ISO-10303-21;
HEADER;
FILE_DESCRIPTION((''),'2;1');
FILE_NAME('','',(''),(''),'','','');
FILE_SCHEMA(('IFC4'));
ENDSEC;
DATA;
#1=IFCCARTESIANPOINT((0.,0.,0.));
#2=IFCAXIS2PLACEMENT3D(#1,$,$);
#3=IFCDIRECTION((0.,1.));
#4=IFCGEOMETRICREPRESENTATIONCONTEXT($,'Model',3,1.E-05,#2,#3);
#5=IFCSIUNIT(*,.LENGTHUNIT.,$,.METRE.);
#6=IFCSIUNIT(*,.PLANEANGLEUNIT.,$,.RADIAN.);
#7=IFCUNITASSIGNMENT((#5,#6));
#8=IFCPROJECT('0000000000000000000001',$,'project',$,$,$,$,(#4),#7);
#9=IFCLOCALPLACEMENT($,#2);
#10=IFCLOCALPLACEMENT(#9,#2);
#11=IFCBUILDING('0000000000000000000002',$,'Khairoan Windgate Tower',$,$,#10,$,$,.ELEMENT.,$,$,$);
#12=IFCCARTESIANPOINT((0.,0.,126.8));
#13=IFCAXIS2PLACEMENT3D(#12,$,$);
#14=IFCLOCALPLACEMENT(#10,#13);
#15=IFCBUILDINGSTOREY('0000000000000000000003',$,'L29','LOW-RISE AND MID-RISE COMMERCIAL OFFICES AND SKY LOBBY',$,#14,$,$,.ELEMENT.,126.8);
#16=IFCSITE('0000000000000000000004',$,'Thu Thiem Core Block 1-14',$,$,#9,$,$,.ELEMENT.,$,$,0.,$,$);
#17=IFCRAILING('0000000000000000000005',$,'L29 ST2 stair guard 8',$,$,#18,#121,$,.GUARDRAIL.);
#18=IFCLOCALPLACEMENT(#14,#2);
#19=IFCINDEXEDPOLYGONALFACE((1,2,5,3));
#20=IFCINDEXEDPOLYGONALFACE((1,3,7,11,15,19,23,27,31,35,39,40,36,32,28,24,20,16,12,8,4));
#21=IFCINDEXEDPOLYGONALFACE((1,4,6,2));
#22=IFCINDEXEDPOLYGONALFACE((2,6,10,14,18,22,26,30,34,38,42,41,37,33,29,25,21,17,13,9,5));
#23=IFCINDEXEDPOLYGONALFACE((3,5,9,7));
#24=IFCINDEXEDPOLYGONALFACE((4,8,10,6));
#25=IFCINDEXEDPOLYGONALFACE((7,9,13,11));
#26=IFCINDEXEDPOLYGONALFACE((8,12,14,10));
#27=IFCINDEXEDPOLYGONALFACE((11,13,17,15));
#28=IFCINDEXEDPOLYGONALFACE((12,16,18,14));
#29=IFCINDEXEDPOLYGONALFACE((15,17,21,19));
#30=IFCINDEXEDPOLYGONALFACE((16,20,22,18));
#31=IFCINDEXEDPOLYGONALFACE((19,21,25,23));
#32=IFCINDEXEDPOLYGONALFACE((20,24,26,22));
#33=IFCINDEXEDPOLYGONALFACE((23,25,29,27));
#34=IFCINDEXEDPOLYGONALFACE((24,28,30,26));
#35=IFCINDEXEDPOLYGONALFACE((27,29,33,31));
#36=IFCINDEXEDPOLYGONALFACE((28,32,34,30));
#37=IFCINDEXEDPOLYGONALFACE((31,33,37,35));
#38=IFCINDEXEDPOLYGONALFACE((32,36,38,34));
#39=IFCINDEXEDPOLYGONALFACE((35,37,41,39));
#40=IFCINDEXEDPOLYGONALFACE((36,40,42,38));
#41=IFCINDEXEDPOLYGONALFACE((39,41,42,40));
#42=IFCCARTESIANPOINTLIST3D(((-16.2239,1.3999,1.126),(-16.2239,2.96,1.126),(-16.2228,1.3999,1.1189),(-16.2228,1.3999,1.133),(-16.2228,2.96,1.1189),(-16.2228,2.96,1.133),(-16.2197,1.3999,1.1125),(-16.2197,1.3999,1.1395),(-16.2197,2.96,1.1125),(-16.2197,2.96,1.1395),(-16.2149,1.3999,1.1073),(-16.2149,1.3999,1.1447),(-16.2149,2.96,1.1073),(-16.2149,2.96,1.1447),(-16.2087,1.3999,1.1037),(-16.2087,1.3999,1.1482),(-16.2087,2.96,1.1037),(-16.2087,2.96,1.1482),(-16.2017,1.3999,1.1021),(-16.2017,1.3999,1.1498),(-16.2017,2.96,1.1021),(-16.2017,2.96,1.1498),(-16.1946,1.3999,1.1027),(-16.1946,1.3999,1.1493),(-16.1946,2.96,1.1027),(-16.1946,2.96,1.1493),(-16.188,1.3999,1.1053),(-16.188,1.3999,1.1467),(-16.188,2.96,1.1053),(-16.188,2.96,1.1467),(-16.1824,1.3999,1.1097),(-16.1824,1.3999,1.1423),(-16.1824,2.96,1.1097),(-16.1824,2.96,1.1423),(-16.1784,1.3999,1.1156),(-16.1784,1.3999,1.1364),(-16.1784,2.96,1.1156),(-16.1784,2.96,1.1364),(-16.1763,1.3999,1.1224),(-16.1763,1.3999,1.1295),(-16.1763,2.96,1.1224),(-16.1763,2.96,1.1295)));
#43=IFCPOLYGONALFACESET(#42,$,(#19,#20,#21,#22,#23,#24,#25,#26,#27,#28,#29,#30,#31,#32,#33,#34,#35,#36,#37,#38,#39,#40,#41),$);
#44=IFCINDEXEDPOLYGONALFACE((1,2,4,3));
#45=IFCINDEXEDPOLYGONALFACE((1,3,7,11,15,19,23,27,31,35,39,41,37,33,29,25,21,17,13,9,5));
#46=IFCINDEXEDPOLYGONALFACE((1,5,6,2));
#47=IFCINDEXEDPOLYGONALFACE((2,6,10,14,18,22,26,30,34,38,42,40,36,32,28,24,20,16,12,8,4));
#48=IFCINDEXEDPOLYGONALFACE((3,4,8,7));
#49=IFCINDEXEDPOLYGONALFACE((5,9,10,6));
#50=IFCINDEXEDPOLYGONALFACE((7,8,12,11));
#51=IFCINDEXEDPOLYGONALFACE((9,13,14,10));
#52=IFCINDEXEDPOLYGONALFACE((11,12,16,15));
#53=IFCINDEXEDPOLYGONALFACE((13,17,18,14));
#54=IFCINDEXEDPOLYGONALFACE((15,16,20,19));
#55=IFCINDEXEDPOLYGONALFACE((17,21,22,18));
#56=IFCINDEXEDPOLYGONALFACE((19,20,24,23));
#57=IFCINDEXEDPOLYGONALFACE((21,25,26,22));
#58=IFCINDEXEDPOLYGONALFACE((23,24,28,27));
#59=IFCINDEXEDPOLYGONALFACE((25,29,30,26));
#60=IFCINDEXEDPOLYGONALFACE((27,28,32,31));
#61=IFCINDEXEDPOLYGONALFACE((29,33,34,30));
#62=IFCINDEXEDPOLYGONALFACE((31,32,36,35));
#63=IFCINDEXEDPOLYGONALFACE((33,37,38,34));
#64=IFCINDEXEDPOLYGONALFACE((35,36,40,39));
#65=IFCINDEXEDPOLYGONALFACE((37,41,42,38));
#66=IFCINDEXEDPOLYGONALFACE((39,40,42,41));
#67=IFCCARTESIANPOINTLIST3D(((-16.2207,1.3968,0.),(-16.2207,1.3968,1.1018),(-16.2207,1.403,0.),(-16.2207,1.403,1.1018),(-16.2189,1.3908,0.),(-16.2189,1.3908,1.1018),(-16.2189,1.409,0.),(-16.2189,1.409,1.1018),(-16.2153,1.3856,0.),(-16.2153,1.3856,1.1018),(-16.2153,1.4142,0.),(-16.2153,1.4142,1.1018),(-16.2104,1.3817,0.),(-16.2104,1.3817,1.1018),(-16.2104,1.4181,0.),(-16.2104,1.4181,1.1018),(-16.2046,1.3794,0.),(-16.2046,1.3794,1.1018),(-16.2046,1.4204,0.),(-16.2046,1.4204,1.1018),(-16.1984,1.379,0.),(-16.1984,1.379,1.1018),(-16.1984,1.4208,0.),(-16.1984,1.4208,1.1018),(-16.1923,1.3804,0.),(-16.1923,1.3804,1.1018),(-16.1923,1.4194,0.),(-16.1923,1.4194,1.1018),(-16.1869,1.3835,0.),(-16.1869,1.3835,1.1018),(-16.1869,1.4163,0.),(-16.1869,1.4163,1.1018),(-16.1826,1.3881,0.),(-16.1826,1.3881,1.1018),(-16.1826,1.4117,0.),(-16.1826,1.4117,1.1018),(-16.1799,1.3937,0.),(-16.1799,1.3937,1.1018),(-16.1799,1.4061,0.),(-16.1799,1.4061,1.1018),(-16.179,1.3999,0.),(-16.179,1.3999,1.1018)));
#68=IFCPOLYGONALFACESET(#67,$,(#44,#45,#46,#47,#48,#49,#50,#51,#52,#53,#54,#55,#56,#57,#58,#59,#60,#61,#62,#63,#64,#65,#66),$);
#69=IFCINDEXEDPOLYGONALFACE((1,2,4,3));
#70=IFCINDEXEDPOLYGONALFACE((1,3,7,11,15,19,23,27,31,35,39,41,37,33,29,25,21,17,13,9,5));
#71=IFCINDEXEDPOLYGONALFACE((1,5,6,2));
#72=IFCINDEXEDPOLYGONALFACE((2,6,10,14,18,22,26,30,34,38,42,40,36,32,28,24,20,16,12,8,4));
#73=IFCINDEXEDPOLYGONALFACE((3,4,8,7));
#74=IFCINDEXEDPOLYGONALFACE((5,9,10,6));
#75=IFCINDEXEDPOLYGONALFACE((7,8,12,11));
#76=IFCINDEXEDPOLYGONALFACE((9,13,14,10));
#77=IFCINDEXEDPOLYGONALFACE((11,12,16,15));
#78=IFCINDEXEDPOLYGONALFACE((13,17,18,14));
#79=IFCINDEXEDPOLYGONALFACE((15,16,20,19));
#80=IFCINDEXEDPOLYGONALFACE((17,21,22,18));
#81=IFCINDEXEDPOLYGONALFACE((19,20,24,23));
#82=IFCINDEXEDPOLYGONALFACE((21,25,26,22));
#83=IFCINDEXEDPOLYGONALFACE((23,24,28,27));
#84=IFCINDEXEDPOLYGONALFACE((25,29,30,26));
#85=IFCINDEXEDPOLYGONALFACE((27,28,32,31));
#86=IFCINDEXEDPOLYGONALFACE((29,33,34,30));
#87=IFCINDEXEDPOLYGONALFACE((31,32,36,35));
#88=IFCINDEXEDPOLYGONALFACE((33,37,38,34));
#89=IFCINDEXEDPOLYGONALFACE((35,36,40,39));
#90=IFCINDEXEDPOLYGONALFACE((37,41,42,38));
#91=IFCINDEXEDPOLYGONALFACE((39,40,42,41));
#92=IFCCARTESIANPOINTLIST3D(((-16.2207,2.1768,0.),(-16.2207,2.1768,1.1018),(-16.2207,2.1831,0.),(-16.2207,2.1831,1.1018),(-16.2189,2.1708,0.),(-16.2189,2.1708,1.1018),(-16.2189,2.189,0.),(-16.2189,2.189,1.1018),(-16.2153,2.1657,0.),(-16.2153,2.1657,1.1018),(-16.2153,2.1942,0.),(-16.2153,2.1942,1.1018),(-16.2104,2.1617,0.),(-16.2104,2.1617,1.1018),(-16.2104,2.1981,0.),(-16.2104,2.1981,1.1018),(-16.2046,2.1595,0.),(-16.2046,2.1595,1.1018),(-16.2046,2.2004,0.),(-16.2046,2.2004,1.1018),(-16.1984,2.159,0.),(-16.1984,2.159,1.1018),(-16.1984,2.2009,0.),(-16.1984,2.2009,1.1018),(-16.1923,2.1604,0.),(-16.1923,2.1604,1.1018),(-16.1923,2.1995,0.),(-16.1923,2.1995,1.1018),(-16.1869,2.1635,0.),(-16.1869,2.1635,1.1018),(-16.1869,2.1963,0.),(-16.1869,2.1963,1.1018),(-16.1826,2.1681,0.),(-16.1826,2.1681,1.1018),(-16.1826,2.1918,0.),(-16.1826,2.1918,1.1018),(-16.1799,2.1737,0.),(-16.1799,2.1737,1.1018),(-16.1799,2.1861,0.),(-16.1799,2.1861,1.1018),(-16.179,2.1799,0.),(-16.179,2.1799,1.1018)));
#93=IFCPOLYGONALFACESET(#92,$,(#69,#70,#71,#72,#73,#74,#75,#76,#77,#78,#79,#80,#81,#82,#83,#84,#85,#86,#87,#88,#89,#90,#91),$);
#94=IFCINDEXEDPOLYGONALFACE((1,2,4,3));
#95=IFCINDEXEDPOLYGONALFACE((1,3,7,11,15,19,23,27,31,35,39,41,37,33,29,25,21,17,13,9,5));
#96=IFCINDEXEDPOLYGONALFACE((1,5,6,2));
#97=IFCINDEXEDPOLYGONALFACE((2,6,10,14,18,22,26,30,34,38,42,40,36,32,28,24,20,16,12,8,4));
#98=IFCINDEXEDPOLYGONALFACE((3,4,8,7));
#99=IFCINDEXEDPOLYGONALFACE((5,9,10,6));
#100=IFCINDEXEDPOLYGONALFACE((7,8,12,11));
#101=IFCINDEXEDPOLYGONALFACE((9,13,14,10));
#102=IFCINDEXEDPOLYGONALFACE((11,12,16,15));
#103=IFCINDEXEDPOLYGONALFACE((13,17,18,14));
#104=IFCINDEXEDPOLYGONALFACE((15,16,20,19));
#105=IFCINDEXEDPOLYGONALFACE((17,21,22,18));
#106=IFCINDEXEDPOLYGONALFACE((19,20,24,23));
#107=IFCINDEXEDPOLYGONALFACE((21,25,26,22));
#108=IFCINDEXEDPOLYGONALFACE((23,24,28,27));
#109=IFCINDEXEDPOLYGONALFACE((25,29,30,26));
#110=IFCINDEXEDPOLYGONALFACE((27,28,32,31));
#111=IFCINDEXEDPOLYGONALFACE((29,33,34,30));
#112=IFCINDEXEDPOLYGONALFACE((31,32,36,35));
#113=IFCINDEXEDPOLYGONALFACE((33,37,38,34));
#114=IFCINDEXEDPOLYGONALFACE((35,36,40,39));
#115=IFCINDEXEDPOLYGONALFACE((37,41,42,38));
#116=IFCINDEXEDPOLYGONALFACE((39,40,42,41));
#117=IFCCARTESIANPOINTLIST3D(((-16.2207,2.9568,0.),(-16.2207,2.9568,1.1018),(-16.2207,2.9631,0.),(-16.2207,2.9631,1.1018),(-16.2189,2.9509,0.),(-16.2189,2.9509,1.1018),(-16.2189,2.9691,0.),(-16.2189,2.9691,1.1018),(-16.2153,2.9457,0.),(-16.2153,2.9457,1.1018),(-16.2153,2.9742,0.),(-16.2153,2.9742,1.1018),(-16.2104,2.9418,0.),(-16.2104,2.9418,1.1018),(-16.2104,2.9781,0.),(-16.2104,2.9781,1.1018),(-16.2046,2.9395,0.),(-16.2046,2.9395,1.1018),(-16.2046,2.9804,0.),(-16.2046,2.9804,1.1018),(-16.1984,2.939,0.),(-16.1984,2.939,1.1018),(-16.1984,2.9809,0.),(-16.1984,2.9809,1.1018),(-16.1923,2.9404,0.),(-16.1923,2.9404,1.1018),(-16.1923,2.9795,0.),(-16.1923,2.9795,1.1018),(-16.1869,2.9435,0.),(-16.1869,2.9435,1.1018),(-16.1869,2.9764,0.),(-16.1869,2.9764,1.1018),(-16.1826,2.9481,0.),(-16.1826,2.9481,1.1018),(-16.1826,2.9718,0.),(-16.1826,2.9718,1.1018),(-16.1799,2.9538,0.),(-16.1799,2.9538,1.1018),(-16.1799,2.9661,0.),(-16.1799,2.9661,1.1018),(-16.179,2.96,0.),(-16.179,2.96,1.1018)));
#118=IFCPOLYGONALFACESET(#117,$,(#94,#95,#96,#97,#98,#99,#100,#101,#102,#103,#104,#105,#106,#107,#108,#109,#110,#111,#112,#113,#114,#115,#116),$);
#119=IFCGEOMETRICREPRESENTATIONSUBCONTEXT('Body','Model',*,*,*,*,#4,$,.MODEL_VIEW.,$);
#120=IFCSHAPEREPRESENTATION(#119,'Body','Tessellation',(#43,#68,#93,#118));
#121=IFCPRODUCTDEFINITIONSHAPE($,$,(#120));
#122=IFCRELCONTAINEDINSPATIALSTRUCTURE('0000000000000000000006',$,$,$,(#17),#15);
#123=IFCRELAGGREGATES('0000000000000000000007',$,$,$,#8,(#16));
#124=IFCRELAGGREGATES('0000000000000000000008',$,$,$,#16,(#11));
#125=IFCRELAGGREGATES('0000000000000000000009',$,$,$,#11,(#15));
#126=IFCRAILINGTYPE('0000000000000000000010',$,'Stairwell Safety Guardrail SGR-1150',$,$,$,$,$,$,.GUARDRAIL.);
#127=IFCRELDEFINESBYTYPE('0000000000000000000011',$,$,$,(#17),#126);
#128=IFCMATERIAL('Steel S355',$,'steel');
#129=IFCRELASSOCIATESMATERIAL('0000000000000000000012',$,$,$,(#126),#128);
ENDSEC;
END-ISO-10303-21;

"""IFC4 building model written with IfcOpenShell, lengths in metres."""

from ifc_helpers import new_model, si_unit, direction, frame, origin, origin_2d, place, context, subcontext, project, spatial, circle, extrude, material, type_object, element, save


model = new_model("IFC4")

# Units and contexts
model_context = context("Model", 3, precision=1e-05, world=origin(), true_north=direction((0.0, 1.0)))
body_context = subcontext(model_context, "Body", "Model", "MODEL_VIEW")
ifc_project = project(units=[si_unit("LENGTHUNIT", "METRE"), si_unit("PLANEANGLEUNIT", "RADIAN")], contexts=[model_context])

# Site, building, storey
site_placement = place(None, origin())
site = spatial("IfcSite", under=ifc_project, at=site_placement, Name="Thu Thiem Core Block 1-14", CompositionType="ELEMENT", RefElevation=0.0)
building_placement = place(site_placement, origin())
building = spatial("IfcBuilding", under=site, at=building_placement, Name="Khairoan Windgate Tower", CompositionType="ELEMENT")
storey_placement = place(building_placement, frame((0.0, 0.0, 126.8)))
storey = spatial("IfcBuildingStorey", under=building, at=storey_placement, Name="L29", Description="LOW-RISE AND MID-RISE COMMERCIAL OFFICES AND SKY LOBBY", CompositionType="ELEMENT", Elevation=126.8)

# Railing
ifc_material_1 = material(Name="Steel S355", Category="steel")
railing_type_1 = type_object("IfcRailingType", Name="Stairwell Safety Guardrail SGR-1150", PredefinedType="GUARDRAIL", material=ifc_material_1)
railing_1_placement = place(storey_placement, frame((-16.2, 1.3999, 0.0)))
element("IfcRailing", 1, at=railing_1_placement, inside=storey, type_object=railing_type_1, Name="L29 ST2 stair guard 8", PredefinedType="GUARDRAIL", context=body_context, shape_type="SweptSolid", body=[
    extrude(circle(Radius=0.0239, at=origin_2d()), frame((0.0, 0.0, 1.126), z_axis=(0.0, 1.0, 0.0), x_axis=(-1.0, 0.0, 0.0)), (0.0, 0.0, 1.0), 1.5601),
    extrude(circle(Radius=0.021, at=origin_2d()), origin(), (0.0, 0.0, 1.0), 1.1018),
    extrude(circle(Radius=0.021, at=origin_2d()), frame((0.0, 0.78, 0.0)), (0.0, 0.0, 1.0), 1.1018),
    extrude(circle(Radius=0.021, at=origin_2d()), frame((0.0, 1.5601, 0.0)), (0.0, 0.0, 1.0), 1.1018),
])

save(model, "model.ifc")
